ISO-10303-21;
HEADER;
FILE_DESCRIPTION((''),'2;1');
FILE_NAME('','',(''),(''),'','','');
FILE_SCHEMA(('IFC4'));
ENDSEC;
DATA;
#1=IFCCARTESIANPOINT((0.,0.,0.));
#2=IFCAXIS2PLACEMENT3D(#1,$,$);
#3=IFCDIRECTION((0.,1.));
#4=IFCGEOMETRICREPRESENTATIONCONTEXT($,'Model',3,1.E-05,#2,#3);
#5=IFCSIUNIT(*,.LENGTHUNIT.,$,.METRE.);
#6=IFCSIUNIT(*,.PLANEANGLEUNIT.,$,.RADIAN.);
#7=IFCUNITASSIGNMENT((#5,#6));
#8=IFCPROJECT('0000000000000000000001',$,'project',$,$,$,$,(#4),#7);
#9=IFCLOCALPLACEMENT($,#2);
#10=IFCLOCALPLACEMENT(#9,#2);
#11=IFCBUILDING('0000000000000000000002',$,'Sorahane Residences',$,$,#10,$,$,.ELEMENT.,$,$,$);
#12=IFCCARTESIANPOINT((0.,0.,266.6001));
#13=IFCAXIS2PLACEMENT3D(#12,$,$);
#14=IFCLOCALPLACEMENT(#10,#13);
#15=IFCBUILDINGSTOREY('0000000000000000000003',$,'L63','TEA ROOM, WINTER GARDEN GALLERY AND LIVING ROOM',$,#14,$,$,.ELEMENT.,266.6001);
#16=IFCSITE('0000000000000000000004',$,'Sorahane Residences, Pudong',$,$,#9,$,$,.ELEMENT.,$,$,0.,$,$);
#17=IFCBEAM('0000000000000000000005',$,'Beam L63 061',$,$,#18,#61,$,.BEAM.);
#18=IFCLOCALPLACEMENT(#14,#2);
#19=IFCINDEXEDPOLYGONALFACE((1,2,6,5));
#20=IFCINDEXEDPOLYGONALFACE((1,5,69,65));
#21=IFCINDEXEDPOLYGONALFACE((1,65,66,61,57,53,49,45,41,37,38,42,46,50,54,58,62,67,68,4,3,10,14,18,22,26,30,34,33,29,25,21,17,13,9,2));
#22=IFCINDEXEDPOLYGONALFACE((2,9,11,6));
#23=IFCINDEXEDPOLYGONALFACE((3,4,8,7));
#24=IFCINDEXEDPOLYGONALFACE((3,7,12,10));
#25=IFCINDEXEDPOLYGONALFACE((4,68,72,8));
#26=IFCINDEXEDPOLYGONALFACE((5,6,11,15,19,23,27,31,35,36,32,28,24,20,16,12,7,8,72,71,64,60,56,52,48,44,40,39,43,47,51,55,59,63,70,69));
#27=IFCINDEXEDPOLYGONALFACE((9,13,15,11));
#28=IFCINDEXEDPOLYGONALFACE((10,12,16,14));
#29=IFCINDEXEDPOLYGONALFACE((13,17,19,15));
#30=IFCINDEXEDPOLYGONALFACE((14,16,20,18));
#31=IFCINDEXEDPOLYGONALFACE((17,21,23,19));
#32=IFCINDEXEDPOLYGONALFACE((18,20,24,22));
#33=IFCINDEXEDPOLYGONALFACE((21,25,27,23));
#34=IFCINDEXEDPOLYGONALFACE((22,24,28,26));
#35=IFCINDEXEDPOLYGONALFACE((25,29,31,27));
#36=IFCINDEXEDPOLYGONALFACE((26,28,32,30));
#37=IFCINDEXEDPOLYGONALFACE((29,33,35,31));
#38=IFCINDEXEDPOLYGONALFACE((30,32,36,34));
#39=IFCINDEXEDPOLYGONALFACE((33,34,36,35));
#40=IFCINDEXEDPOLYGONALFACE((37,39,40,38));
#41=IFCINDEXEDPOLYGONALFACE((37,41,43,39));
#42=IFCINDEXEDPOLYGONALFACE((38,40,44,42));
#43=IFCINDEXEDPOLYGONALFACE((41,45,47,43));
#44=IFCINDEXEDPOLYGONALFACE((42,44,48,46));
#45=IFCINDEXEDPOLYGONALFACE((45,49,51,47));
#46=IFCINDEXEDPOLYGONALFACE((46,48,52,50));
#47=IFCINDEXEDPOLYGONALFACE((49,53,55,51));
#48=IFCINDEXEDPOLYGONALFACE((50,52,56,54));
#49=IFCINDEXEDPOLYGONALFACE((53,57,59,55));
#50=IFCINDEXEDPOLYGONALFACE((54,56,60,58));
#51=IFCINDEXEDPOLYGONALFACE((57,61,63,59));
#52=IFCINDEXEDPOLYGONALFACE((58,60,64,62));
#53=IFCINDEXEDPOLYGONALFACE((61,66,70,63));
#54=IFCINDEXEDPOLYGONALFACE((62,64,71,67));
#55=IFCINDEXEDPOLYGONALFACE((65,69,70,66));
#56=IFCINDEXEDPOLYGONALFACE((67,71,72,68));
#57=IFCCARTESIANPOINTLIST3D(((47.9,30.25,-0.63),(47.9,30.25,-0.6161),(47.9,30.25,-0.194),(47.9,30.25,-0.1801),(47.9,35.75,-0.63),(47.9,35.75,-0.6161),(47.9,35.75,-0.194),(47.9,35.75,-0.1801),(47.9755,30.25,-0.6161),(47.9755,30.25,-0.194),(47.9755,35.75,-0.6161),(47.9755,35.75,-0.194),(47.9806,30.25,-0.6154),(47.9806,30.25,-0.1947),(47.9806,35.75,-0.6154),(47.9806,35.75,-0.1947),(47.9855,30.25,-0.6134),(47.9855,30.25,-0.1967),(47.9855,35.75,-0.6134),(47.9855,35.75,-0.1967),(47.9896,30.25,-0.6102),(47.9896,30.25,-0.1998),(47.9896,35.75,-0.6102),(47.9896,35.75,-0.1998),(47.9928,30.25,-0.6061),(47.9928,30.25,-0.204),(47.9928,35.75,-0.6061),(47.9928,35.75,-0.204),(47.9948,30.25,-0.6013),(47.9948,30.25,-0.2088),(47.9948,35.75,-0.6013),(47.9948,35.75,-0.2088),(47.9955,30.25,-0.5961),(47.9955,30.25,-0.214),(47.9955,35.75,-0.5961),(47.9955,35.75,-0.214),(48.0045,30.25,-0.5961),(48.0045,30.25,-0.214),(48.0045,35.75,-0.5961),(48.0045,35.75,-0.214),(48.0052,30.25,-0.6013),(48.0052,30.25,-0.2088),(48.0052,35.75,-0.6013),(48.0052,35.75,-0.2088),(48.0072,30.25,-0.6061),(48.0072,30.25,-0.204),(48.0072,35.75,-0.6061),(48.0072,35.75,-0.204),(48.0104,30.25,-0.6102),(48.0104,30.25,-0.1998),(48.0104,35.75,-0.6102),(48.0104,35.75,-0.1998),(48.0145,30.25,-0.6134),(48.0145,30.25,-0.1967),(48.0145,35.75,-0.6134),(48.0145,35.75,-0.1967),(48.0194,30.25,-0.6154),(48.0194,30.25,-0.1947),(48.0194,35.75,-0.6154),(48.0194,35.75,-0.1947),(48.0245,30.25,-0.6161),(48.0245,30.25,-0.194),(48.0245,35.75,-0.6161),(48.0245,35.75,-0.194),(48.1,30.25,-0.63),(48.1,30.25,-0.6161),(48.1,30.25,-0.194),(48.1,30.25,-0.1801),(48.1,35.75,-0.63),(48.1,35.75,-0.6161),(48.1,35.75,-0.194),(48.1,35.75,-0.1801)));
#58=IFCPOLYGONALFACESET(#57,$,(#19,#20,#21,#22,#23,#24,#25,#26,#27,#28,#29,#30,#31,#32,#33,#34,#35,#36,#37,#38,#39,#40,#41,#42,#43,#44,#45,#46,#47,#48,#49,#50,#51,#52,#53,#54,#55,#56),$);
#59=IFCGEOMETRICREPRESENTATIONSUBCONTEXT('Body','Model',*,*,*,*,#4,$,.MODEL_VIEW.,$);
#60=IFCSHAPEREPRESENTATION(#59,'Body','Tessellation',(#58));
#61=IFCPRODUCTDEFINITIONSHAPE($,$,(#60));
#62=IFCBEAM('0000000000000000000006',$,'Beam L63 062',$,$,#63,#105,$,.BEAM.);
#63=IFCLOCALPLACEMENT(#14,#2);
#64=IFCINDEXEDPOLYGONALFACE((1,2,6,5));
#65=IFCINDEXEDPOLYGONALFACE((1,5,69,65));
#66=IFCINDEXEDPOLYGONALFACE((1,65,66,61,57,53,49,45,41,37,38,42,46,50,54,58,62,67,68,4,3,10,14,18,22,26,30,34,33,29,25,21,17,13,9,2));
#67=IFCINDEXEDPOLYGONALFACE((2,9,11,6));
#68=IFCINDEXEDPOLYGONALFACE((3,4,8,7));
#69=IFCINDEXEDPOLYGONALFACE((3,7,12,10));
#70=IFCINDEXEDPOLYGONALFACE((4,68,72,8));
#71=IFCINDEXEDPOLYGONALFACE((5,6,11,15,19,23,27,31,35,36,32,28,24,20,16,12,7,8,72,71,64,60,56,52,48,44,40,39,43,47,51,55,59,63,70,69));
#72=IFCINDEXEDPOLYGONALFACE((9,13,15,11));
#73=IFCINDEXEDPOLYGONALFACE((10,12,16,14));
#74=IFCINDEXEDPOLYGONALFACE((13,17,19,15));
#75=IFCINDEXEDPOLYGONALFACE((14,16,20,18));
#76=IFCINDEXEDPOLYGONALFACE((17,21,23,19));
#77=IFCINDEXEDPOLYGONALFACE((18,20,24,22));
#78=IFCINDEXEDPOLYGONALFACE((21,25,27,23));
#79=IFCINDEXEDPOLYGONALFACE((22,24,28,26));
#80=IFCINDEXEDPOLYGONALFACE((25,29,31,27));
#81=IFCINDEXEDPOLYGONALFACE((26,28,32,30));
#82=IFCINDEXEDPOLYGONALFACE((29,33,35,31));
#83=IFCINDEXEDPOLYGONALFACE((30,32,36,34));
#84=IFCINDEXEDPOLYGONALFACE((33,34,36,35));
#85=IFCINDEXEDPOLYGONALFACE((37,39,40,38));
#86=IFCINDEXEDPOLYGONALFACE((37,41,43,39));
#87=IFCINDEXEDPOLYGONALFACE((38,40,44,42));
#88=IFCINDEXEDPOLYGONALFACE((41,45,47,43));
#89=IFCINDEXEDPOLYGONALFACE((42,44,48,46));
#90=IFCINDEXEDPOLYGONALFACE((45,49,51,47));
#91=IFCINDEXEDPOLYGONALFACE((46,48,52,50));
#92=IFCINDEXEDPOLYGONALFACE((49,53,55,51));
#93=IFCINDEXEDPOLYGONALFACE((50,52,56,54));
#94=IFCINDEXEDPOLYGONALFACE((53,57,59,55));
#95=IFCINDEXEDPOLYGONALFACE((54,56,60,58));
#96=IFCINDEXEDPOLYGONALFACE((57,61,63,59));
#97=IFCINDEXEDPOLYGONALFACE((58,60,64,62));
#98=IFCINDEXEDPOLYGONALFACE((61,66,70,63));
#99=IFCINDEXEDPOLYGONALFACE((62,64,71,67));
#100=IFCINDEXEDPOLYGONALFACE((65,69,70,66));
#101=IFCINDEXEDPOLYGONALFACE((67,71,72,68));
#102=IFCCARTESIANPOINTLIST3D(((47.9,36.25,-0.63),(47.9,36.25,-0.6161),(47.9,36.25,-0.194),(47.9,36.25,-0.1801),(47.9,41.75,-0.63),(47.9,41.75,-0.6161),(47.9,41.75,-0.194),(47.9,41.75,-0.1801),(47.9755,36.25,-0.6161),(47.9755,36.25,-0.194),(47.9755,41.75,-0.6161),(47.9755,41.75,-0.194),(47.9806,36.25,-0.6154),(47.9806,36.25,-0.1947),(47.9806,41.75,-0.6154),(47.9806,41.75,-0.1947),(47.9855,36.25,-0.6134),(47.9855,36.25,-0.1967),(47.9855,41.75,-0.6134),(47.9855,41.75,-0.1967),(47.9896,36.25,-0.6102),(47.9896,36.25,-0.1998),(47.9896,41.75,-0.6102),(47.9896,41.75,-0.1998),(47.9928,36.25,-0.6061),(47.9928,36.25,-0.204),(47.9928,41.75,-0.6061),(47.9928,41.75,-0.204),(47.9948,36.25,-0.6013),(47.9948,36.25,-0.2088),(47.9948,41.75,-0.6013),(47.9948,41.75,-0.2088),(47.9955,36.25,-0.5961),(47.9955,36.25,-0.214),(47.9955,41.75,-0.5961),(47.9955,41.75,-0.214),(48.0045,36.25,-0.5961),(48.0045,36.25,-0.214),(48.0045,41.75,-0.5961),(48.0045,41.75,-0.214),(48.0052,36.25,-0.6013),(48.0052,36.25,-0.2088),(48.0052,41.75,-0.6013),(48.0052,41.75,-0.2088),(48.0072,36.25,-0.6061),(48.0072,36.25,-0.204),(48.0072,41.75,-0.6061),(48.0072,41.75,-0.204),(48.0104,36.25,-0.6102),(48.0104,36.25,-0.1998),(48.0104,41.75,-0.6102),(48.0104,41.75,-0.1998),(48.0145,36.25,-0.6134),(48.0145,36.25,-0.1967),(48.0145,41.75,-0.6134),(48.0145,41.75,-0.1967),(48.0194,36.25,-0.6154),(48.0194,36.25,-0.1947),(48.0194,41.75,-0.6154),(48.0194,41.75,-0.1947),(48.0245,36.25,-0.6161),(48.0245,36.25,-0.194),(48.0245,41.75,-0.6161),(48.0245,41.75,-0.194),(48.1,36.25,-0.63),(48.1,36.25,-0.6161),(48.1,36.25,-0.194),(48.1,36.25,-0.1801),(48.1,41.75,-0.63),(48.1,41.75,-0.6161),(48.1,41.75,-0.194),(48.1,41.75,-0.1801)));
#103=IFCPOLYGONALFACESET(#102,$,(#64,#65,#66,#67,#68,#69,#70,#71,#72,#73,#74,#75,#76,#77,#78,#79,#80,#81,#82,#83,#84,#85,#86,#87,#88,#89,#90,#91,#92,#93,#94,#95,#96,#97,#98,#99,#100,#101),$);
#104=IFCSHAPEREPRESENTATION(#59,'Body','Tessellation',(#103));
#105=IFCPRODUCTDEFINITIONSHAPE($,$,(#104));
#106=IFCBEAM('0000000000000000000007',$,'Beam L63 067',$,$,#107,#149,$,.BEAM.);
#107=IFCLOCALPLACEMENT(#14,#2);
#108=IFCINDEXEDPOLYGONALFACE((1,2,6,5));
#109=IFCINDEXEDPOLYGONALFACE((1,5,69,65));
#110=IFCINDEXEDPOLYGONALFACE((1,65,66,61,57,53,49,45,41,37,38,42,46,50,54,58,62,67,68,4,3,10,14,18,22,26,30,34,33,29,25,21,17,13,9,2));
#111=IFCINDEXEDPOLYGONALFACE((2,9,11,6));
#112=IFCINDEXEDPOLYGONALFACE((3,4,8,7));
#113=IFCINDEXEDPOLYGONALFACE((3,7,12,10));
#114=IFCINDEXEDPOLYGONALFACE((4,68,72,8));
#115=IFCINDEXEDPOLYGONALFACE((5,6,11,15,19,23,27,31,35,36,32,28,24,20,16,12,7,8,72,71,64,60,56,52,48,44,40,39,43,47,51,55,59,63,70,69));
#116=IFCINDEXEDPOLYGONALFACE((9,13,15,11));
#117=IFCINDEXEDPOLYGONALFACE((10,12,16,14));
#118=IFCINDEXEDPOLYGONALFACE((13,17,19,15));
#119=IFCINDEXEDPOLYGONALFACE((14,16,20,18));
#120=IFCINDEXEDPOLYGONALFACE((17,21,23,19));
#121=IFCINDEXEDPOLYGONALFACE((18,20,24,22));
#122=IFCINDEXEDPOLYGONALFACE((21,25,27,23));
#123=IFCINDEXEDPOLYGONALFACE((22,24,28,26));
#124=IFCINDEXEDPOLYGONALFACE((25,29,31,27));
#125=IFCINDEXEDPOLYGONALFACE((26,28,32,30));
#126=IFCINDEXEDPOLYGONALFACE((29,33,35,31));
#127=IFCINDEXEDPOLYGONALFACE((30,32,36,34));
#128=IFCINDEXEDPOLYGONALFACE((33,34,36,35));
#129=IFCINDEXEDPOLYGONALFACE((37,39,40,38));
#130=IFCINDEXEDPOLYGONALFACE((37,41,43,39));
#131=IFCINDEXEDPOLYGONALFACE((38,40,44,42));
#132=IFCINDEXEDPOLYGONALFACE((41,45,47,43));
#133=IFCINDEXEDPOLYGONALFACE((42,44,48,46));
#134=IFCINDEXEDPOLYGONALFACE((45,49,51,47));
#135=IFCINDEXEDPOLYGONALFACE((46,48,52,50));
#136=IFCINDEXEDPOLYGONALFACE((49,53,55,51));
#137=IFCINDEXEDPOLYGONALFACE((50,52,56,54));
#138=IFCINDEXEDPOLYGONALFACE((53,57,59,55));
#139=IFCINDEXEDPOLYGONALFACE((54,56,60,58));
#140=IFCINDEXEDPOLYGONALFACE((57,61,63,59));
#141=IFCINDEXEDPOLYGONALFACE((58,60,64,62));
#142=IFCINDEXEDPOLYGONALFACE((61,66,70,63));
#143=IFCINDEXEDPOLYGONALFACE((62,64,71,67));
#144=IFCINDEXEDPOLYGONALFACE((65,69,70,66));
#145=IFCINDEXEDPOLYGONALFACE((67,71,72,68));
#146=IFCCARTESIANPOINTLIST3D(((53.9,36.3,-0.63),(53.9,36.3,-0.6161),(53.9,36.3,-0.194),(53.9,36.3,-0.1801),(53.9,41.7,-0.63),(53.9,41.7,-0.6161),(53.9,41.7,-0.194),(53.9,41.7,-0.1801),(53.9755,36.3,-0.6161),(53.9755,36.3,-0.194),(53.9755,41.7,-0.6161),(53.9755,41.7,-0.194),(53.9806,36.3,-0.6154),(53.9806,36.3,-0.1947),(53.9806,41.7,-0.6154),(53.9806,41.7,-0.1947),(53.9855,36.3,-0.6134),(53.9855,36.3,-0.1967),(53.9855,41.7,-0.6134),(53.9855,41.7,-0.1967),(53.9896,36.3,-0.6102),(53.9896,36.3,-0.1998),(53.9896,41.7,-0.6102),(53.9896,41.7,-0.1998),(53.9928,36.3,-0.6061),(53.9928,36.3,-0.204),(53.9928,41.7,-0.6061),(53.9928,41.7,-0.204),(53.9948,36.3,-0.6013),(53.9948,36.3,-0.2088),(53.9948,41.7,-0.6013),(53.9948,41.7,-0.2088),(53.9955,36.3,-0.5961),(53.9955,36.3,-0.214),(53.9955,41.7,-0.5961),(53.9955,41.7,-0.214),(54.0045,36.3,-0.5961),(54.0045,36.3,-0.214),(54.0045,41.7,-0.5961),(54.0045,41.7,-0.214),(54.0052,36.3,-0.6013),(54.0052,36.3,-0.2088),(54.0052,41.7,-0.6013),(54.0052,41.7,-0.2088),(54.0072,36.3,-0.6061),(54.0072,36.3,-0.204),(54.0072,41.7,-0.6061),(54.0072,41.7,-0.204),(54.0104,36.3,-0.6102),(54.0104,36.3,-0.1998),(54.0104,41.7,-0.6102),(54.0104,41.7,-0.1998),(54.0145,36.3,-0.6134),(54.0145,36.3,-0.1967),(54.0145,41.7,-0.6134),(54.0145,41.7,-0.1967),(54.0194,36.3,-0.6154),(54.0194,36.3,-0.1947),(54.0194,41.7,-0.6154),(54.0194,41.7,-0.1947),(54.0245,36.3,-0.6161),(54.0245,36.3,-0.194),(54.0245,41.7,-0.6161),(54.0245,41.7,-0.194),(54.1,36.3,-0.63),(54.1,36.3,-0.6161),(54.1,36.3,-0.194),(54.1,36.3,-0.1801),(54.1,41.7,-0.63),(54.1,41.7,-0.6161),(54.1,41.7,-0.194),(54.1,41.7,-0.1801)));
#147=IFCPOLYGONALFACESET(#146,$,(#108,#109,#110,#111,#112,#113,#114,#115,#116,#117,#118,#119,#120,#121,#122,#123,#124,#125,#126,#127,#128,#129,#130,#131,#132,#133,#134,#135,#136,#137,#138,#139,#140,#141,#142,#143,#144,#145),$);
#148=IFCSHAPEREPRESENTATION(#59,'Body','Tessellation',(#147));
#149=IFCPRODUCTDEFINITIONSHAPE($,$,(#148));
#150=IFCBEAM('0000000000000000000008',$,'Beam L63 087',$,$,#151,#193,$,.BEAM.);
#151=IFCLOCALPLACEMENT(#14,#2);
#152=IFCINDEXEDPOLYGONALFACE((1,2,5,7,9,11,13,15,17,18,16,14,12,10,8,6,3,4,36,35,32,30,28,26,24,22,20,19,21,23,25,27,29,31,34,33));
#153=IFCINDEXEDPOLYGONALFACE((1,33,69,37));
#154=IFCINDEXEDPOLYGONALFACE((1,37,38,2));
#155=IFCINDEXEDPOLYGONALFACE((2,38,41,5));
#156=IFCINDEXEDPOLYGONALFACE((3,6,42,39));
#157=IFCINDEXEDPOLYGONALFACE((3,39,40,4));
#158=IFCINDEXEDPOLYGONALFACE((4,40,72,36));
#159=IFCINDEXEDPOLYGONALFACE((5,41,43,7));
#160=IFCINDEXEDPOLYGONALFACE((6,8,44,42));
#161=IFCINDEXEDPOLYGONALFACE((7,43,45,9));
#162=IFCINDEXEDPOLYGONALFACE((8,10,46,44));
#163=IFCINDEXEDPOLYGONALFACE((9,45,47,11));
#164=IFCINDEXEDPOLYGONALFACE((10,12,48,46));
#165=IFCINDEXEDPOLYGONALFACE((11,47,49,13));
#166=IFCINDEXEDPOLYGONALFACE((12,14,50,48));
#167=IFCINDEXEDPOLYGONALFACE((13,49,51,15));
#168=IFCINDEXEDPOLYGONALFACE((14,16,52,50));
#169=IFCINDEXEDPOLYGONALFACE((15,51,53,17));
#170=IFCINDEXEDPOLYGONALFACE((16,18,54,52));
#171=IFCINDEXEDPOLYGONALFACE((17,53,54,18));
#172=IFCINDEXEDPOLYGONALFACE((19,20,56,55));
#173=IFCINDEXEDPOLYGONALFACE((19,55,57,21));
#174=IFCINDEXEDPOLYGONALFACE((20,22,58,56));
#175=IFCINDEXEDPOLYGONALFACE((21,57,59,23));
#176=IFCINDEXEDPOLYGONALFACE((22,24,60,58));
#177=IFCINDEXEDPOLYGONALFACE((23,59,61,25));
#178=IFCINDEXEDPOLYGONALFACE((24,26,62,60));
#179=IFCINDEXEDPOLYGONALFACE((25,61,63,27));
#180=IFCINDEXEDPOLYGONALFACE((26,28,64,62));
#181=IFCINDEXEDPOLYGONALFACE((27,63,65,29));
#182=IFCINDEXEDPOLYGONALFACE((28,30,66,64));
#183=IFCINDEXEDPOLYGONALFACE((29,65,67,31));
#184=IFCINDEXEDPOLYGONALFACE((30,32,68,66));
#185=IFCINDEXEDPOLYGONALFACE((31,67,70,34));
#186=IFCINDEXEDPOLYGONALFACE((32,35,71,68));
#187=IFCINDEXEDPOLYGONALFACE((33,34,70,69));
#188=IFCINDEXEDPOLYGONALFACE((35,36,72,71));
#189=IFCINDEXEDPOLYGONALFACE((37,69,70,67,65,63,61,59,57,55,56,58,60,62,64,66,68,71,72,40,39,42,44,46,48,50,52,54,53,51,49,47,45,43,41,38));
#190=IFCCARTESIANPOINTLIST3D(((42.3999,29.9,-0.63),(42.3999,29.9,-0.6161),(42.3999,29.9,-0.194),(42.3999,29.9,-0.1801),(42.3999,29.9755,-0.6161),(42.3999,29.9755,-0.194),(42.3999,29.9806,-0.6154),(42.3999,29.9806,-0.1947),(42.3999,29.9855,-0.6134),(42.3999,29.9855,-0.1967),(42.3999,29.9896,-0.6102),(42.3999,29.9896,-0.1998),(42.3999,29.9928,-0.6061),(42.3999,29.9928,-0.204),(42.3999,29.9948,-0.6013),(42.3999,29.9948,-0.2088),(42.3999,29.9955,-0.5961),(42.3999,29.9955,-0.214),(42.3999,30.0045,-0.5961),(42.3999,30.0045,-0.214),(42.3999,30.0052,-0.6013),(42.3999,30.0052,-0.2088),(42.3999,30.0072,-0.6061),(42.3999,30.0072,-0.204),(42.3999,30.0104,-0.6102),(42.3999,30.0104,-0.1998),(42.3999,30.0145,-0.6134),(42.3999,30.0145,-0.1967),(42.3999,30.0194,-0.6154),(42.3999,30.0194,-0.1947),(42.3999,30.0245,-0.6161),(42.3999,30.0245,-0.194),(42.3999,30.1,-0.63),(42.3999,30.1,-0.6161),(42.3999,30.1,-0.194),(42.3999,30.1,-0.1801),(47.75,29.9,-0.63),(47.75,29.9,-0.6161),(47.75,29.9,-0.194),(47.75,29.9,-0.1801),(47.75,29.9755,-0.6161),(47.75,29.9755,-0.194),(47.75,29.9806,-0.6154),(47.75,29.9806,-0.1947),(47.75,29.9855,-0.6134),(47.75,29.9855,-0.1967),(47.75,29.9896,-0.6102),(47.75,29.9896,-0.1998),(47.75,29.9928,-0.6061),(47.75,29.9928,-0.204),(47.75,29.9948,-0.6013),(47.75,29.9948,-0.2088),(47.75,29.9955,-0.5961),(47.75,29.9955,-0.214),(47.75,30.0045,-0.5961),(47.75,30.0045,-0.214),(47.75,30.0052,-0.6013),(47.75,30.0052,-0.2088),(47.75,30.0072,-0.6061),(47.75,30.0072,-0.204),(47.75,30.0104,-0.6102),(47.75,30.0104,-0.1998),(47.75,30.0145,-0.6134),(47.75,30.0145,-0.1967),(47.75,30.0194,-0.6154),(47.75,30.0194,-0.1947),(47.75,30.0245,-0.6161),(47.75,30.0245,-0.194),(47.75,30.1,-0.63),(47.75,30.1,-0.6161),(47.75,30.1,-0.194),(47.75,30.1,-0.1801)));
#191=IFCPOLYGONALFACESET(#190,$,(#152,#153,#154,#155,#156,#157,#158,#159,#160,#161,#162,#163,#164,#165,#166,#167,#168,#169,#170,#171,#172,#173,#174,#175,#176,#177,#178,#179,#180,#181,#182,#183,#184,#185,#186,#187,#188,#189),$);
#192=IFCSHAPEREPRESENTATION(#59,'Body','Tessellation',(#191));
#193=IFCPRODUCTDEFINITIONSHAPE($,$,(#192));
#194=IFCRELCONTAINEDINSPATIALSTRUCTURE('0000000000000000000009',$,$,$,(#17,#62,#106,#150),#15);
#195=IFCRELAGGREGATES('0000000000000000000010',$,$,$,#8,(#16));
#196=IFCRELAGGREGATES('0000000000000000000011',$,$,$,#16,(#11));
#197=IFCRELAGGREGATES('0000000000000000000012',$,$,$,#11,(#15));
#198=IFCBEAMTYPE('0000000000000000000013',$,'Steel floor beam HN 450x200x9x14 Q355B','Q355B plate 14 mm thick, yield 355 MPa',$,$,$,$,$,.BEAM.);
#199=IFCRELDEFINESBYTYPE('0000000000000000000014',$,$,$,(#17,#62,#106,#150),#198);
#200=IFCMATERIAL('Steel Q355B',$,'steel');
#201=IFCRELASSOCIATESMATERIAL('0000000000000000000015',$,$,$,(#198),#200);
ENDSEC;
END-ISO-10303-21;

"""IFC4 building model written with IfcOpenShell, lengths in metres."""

from ifc_helpers import new_model, si_unit, direction, frame, origin, origin_2d, place, context, subcontext, project, spatial, i_section, extrude, material, material_profile, profile_set, type_object, element, save


model = new_model("IFC4")

# Units and contexts
model_context = context("Model", 3, precision=1e-05, world=origin(), true_north=direction((0.0, 1.0)))
body_context = subcontext(model_context, "Body", "Model", "MODEL_VIEW")
ifc_project = project(units=[si_unit("LENGTHUNIT", "METRE"), si_unit("PLANEANGLEUNIT", "RADIAN")], contexts=[model_context])

# Site, building, storey
site_placement = place(None, origin())
site = spatial("IfcSite", under=ifc_project, at=site_placement, Name="Sorahane Residences, Pudong", CompositionType="ELEMENT", RefElevation=0.0)
building_placement = place(site_placement, origin())
building = spatial("IfcBuilding", under=site, at=building_placement, Name="Sorahane Residences", CompositionType="ELEMENT")
storey_placement = place(building_placement, frame((0.0, 0.0, 266.6001)))
storey = spatial("IfcBuildingStorey", under=building, at=storey_placement, Name="L63", Description="TEA ROOM, WINTER GARDEN GALLERY AND LIVING ROOM", CompositionType="ELEMENT", Elevation=266.6001)

# Beams
ifc_material_1 = material(Name="Steel Q355B", Category="steel")
ifc_material_profile_1 = material_profile(ifc_material_1, i_section(OverallWidth=0.2, OverallDepth=0.45, WebThickness=0.009, FlangeThickness=0.0139, FilletRadius=0.02, at=origin_2d()), Name="HN 450x200x9x14")
ifc_profile_set_1 = profile_set([ifc_material_profile_1], Name="Steel Q355B")
beam_type_1 = type_object("IfcBeamType", Name="Steel floor beam HN 450x200x9x14 Q355B", Description="Q355B plate 14 mm thick, yield 355 MPa", PredefinedType="BEAM", material=ifc_profile_set_1)
for number, where, z_axis, x_axis, name in (
    (1, (48.0, 30.25, -0.405), (0.0, 1.0, 0.0), (-1.0, 0.0, 0.0), "Beam L63 061"),
    (2, (48.0, 36.25, -0.405), (0.0, 1.0, 0.0), (-1.0, 0.0, 0.0), "Beam L63 062"),
):
    element("IfcBeam", number, at=place(storey_placement, frame(where, z_axis=z_axis, x_axis=x_axis)), inside=storey, type_object=beam_type_1, Name=name, PredefinedType="BEAM", context=body_context, shape_type="SweptSolid", body=[
        extrude(i_section(OverallWidth=0.2, OverallDepth=0.45, WebThickness=0.009, FlangeThickness=0.0139, FilletRadius=0.02, at=origin_2d()), origin(), (0.0, 0.0, 1.0), 5.5),
    ])
beam_1_placement = place(storey_placement, frame((54.0, 36.3, -0.405), z_axis=(0.0, 1.0, 0.0), x_axis=(-1.0, 0.0, 0.0)))
element("IfcBeam", 3, at=beam_1_placement, inside=storey, type_object=beam_type_1, Name="Beam L63 067", PredefinedType="BEAM", context=body_context, shape_type="SweptSolid", body=[
    extrude(i_section(OverallWidth=0.2, OverallDepth=0.45, WebThickness=0.009, FlangeThickness=0.0139, FilletRadius=0.02, at=origin_2d()), origin(), (0.0, 0.0, 1.0), 5.3999),
])
beam_2_placement = place(storey_placement, frame((42.3999, 30.0, -0.405), z_axis=(1.0, 0.0, 0.0), x_axis=(0.0, 1.0, 0.0)))
element("IfcBeam", 4, at=beam_2_placement, inside=storey, type_object=beam_type_1, Name="Beam L63 087", PredefinedType="BEAM", context=body_context, shape_type="SweptSolid", body=[
    extrude(i_section(OverallWidth=0.2, OverallDepth=0.45, WebThickness=0.009, FlangeThickness=0.0139, FilletRadius=0.02, at=origin_2d()), origin(), (0.0, 0.0, 1.0), 5.3501),
])

save(model, "model.ifc")
